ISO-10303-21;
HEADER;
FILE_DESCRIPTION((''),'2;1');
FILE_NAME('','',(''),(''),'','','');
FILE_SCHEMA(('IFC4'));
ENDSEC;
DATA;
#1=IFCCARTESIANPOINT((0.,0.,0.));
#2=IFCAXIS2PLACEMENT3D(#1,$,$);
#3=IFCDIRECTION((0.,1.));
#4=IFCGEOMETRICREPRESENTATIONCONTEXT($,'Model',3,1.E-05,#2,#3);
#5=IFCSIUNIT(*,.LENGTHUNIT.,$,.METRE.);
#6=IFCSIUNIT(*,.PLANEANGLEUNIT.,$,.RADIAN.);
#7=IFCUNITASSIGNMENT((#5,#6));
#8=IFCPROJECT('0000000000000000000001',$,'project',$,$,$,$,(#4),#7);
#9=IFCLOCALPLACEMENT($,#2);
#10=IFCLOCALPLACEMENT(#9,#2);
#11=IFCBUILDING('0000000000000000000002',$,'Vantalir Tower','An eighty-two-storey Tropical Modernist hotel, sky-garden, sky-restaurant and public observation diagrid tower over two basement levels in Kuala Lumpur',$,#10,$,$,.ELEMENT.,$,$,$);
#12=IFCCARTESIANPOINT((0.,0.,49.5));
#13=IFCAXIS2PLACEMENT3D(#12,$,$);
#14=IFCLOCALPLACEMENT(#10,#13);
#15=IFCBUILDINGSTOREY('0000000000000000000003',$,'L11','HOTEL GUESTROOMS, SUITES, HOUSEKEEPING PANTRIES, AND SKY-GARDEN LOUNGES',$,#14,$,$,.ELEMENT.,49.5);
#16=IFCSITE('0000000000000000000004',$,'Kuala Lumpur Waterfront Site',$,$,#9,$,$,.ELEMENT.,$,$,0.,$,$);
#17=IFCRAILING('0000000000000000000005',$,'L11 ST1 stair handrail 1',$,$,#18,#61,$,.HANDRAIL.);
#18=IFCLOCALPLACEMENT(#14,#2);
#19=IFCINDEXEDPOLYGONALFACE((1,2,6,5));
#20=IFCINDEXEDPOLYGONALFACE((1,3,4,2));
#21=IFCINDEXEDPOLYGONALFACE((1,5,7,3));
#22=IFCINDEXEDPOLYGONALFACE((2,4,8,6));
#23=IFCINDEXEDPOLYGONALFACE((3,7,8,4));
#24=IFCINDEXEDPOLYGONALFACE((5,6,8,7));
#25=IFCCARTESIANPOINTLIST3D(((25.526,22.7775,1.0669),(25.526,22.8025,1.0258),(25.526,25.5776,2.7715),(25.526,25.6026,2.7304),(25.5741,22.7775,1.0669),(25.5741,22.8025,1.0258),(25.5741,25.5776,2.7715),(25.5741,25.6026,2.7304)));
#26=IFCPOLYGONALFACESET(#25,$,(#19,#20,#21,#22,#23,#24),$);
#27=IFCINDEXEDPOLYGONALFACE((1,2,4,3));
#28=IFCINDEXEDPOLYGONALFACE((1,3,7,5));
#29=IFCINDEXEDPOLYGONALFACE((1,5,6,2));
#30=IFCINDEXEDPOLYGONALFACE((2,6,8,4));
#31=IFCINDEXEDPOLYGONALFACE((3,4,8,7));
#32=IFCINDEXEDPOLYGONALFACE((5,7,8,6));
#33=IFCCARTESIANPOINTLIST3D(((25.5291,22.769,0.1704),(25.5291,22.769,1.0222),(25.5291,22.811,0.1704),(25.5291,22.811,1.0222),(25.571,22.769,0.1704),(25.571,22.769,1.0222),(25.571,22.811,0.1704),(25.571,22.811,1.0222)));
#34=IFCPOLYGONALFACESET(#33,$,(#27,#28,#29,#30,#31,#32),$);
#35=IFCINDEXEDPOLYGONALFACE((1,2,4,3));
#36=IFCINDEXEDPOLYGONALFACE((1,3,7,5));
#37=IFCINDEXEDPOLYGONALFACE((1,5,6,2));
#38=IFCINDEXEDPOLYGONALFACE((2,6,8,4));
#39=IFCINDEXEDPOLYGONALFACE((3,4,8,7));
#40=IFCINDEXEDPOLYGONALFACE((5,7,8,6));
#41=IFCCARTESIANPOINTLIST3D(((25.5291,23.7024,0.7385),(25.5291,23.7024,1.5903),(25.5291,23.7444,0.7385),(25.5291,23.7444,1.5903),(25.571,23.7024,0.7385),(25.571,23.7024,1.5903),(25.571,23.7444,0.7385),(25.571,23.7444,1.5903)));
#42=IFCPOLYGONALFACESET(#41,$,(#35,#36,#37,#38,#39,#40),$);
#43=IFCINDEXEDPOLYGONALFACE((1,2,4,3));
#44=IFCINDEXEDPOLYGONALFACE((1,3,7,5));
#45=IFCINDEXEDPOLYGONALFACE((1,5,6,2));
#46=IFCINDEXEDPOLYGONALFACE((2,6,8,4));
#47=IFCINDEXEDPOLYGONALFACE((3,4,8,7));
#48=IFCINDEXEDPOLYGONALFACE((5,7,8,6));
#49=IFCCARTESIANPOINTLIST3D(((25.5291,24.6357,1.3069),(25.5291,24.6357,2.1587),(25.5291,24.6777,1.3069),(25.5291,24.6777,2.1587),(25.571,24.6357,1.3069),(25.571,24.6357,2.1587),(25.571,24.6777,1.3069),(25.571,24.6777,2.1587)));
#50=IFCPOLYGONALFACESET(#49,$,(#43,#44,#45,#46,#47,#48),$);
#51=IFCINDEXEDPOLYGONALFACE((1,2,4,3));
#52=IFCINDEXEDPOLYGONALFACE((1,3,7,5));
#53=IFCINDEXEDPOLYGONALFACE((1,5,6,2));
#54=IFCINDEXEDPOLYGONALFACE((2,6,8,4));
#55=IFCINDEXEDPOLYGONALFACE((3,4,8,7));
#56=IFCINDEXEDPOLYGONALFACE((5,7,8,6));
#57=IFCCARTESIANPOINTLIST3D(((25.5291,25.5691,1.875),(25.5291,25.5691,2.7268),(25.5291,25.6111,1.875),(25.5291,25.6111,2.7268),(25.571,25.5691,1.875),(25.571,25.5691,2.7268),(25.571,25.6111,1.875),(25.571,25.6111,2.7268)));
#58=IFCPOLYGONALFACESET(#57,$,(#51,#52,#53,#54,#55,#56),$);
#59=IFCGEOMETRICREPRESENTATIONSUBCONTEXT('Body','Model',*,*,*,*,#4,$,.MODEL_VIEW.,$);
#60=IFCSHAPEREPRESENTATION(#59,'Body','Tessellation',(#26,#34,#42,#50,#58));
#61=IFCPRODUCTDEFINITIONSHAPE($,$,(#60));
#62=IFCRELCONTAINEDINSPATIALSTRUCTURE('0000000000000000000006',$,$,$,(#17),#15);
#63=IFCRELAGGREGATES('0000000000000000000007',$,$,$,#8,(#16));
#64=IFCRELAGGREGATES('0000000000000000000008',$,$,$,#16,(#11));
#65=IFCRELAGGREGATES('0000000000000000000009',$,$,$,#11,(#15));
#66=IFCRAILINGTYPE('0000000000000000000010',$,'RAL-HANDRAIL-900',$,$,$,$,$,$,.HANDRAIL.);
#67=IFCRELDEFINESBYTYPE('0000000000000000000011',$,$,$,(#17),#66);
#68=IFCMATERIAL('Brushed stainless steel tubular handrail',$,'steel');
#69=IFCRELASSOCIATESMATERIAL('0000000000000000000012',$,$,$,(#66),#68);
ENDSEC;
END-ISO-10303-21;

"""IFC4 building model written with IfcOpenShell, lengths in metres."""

from ifc_helpers import new_model, si_unit, direction, frame, origin, origin_2d, place, context, subcontext, project, spatial, rectangle, extrude, material, type_object, element, save


model = new_model("IFC4")

# Units and contexts
model_context = context("Model", 3, precision=1e-05, world=origin(), true_north=direction((0.0, 1.0)))
body_context = subcontext(model_context, "Body", "Model", "MODEL_VIEW")
ifc_project = project(units=[si_unit("LENGTHUNIT", "METRE"), si_unit("PLANEANGLEUNIT", "RADIAN")], contexts=[model_context])

# Site, building, storey
site_placement = place(None, origin())
site = spatial("IfcSite", under=ifc_project, at=site_placement, Name="Kuala Lumpur Waterfront Site", CompositionType="ELEMENT", RefElevation=0.0)
building_placement = place(site_placement, origin())
building = spatial("IfcBuilding", under=site, at=building_placement, Name="Vantalir Tower", Description="An eighty-two-storey Tropical Modernist hotel, sky-garden, sky-restaurant and public observation diagrid tower over two basement levels in Kuala Lumpur", CompositionType="ELEMENT")
storey_placement = place(building_placement, frame((0.0, 0.0, 49.5)))
storey = spatial("IfcBuildingStorey", under=building, at=storey_placement, Name="L11", Description="HOTEL GUESTROOMS, SUITES, HOUSEKEEPING PANTRIES, AND SKY-GARDEN LOUNGES", CompositionType="ELEMENT", Elevation=49.5)

# Railing
ifc_material_1 = material(Name="Brushed stainless steel tubular handrail", Category="steel")
railing_type_1 = type_object("IfcRailingType", Name="RAL-HANDRAIL-900", PredefinedType="HANDRAIL", material=ifc_material_1)
railing_1_placement = place(storey_placement, frame((25.55, 22.79, 0.1704)))
element("IfcRailing", 1, at=railing_1_placement, inside=storey, type_object=railing_type_1, Name="L11 ST1 stair handrail 1", PredefinedType="HANDRAIL", context=body_context, shape_type="SweptSolid", body=[
    extrude(rectangle(XDim=0.0481, YDim=0.0481, at=origin_2d()), frame((0.0, 0.0, 0.876), z_axis=(0.0, 0.85417, 0.519994), x_axis=(-1.0, 0.0, 0.0)), (0.0, 0.0, 1.0), 3.2781),
    extrude(rectangle(XDim=0.042, YDim=0.042, at=origin_2d()), origin(), (0.0, 0.0, 1.0), 0.8518),
    extrude(rectangle(XDim=0.042, YDim=0.042, at=origin_2d()), frame((0.0, 0.9333, 0.5681)), (0.0, 0.0, 1.0), 0.8518),
    extrude(rectangle(XDim=0.042, YDim=0.042, at=origin_2d()), frame((0.0, 1.8667, 1.1365)), (0.0, 0.0, 1.0), 0.8518),
    extrude(rectangle(XDim=0.042, YDim=0.042, at=origin_2d()), frame((0.0, 2.8, 1.7046)), (0.0, 0.0, 1.0), 0.8518),
])

save(model, "model.ifc")
